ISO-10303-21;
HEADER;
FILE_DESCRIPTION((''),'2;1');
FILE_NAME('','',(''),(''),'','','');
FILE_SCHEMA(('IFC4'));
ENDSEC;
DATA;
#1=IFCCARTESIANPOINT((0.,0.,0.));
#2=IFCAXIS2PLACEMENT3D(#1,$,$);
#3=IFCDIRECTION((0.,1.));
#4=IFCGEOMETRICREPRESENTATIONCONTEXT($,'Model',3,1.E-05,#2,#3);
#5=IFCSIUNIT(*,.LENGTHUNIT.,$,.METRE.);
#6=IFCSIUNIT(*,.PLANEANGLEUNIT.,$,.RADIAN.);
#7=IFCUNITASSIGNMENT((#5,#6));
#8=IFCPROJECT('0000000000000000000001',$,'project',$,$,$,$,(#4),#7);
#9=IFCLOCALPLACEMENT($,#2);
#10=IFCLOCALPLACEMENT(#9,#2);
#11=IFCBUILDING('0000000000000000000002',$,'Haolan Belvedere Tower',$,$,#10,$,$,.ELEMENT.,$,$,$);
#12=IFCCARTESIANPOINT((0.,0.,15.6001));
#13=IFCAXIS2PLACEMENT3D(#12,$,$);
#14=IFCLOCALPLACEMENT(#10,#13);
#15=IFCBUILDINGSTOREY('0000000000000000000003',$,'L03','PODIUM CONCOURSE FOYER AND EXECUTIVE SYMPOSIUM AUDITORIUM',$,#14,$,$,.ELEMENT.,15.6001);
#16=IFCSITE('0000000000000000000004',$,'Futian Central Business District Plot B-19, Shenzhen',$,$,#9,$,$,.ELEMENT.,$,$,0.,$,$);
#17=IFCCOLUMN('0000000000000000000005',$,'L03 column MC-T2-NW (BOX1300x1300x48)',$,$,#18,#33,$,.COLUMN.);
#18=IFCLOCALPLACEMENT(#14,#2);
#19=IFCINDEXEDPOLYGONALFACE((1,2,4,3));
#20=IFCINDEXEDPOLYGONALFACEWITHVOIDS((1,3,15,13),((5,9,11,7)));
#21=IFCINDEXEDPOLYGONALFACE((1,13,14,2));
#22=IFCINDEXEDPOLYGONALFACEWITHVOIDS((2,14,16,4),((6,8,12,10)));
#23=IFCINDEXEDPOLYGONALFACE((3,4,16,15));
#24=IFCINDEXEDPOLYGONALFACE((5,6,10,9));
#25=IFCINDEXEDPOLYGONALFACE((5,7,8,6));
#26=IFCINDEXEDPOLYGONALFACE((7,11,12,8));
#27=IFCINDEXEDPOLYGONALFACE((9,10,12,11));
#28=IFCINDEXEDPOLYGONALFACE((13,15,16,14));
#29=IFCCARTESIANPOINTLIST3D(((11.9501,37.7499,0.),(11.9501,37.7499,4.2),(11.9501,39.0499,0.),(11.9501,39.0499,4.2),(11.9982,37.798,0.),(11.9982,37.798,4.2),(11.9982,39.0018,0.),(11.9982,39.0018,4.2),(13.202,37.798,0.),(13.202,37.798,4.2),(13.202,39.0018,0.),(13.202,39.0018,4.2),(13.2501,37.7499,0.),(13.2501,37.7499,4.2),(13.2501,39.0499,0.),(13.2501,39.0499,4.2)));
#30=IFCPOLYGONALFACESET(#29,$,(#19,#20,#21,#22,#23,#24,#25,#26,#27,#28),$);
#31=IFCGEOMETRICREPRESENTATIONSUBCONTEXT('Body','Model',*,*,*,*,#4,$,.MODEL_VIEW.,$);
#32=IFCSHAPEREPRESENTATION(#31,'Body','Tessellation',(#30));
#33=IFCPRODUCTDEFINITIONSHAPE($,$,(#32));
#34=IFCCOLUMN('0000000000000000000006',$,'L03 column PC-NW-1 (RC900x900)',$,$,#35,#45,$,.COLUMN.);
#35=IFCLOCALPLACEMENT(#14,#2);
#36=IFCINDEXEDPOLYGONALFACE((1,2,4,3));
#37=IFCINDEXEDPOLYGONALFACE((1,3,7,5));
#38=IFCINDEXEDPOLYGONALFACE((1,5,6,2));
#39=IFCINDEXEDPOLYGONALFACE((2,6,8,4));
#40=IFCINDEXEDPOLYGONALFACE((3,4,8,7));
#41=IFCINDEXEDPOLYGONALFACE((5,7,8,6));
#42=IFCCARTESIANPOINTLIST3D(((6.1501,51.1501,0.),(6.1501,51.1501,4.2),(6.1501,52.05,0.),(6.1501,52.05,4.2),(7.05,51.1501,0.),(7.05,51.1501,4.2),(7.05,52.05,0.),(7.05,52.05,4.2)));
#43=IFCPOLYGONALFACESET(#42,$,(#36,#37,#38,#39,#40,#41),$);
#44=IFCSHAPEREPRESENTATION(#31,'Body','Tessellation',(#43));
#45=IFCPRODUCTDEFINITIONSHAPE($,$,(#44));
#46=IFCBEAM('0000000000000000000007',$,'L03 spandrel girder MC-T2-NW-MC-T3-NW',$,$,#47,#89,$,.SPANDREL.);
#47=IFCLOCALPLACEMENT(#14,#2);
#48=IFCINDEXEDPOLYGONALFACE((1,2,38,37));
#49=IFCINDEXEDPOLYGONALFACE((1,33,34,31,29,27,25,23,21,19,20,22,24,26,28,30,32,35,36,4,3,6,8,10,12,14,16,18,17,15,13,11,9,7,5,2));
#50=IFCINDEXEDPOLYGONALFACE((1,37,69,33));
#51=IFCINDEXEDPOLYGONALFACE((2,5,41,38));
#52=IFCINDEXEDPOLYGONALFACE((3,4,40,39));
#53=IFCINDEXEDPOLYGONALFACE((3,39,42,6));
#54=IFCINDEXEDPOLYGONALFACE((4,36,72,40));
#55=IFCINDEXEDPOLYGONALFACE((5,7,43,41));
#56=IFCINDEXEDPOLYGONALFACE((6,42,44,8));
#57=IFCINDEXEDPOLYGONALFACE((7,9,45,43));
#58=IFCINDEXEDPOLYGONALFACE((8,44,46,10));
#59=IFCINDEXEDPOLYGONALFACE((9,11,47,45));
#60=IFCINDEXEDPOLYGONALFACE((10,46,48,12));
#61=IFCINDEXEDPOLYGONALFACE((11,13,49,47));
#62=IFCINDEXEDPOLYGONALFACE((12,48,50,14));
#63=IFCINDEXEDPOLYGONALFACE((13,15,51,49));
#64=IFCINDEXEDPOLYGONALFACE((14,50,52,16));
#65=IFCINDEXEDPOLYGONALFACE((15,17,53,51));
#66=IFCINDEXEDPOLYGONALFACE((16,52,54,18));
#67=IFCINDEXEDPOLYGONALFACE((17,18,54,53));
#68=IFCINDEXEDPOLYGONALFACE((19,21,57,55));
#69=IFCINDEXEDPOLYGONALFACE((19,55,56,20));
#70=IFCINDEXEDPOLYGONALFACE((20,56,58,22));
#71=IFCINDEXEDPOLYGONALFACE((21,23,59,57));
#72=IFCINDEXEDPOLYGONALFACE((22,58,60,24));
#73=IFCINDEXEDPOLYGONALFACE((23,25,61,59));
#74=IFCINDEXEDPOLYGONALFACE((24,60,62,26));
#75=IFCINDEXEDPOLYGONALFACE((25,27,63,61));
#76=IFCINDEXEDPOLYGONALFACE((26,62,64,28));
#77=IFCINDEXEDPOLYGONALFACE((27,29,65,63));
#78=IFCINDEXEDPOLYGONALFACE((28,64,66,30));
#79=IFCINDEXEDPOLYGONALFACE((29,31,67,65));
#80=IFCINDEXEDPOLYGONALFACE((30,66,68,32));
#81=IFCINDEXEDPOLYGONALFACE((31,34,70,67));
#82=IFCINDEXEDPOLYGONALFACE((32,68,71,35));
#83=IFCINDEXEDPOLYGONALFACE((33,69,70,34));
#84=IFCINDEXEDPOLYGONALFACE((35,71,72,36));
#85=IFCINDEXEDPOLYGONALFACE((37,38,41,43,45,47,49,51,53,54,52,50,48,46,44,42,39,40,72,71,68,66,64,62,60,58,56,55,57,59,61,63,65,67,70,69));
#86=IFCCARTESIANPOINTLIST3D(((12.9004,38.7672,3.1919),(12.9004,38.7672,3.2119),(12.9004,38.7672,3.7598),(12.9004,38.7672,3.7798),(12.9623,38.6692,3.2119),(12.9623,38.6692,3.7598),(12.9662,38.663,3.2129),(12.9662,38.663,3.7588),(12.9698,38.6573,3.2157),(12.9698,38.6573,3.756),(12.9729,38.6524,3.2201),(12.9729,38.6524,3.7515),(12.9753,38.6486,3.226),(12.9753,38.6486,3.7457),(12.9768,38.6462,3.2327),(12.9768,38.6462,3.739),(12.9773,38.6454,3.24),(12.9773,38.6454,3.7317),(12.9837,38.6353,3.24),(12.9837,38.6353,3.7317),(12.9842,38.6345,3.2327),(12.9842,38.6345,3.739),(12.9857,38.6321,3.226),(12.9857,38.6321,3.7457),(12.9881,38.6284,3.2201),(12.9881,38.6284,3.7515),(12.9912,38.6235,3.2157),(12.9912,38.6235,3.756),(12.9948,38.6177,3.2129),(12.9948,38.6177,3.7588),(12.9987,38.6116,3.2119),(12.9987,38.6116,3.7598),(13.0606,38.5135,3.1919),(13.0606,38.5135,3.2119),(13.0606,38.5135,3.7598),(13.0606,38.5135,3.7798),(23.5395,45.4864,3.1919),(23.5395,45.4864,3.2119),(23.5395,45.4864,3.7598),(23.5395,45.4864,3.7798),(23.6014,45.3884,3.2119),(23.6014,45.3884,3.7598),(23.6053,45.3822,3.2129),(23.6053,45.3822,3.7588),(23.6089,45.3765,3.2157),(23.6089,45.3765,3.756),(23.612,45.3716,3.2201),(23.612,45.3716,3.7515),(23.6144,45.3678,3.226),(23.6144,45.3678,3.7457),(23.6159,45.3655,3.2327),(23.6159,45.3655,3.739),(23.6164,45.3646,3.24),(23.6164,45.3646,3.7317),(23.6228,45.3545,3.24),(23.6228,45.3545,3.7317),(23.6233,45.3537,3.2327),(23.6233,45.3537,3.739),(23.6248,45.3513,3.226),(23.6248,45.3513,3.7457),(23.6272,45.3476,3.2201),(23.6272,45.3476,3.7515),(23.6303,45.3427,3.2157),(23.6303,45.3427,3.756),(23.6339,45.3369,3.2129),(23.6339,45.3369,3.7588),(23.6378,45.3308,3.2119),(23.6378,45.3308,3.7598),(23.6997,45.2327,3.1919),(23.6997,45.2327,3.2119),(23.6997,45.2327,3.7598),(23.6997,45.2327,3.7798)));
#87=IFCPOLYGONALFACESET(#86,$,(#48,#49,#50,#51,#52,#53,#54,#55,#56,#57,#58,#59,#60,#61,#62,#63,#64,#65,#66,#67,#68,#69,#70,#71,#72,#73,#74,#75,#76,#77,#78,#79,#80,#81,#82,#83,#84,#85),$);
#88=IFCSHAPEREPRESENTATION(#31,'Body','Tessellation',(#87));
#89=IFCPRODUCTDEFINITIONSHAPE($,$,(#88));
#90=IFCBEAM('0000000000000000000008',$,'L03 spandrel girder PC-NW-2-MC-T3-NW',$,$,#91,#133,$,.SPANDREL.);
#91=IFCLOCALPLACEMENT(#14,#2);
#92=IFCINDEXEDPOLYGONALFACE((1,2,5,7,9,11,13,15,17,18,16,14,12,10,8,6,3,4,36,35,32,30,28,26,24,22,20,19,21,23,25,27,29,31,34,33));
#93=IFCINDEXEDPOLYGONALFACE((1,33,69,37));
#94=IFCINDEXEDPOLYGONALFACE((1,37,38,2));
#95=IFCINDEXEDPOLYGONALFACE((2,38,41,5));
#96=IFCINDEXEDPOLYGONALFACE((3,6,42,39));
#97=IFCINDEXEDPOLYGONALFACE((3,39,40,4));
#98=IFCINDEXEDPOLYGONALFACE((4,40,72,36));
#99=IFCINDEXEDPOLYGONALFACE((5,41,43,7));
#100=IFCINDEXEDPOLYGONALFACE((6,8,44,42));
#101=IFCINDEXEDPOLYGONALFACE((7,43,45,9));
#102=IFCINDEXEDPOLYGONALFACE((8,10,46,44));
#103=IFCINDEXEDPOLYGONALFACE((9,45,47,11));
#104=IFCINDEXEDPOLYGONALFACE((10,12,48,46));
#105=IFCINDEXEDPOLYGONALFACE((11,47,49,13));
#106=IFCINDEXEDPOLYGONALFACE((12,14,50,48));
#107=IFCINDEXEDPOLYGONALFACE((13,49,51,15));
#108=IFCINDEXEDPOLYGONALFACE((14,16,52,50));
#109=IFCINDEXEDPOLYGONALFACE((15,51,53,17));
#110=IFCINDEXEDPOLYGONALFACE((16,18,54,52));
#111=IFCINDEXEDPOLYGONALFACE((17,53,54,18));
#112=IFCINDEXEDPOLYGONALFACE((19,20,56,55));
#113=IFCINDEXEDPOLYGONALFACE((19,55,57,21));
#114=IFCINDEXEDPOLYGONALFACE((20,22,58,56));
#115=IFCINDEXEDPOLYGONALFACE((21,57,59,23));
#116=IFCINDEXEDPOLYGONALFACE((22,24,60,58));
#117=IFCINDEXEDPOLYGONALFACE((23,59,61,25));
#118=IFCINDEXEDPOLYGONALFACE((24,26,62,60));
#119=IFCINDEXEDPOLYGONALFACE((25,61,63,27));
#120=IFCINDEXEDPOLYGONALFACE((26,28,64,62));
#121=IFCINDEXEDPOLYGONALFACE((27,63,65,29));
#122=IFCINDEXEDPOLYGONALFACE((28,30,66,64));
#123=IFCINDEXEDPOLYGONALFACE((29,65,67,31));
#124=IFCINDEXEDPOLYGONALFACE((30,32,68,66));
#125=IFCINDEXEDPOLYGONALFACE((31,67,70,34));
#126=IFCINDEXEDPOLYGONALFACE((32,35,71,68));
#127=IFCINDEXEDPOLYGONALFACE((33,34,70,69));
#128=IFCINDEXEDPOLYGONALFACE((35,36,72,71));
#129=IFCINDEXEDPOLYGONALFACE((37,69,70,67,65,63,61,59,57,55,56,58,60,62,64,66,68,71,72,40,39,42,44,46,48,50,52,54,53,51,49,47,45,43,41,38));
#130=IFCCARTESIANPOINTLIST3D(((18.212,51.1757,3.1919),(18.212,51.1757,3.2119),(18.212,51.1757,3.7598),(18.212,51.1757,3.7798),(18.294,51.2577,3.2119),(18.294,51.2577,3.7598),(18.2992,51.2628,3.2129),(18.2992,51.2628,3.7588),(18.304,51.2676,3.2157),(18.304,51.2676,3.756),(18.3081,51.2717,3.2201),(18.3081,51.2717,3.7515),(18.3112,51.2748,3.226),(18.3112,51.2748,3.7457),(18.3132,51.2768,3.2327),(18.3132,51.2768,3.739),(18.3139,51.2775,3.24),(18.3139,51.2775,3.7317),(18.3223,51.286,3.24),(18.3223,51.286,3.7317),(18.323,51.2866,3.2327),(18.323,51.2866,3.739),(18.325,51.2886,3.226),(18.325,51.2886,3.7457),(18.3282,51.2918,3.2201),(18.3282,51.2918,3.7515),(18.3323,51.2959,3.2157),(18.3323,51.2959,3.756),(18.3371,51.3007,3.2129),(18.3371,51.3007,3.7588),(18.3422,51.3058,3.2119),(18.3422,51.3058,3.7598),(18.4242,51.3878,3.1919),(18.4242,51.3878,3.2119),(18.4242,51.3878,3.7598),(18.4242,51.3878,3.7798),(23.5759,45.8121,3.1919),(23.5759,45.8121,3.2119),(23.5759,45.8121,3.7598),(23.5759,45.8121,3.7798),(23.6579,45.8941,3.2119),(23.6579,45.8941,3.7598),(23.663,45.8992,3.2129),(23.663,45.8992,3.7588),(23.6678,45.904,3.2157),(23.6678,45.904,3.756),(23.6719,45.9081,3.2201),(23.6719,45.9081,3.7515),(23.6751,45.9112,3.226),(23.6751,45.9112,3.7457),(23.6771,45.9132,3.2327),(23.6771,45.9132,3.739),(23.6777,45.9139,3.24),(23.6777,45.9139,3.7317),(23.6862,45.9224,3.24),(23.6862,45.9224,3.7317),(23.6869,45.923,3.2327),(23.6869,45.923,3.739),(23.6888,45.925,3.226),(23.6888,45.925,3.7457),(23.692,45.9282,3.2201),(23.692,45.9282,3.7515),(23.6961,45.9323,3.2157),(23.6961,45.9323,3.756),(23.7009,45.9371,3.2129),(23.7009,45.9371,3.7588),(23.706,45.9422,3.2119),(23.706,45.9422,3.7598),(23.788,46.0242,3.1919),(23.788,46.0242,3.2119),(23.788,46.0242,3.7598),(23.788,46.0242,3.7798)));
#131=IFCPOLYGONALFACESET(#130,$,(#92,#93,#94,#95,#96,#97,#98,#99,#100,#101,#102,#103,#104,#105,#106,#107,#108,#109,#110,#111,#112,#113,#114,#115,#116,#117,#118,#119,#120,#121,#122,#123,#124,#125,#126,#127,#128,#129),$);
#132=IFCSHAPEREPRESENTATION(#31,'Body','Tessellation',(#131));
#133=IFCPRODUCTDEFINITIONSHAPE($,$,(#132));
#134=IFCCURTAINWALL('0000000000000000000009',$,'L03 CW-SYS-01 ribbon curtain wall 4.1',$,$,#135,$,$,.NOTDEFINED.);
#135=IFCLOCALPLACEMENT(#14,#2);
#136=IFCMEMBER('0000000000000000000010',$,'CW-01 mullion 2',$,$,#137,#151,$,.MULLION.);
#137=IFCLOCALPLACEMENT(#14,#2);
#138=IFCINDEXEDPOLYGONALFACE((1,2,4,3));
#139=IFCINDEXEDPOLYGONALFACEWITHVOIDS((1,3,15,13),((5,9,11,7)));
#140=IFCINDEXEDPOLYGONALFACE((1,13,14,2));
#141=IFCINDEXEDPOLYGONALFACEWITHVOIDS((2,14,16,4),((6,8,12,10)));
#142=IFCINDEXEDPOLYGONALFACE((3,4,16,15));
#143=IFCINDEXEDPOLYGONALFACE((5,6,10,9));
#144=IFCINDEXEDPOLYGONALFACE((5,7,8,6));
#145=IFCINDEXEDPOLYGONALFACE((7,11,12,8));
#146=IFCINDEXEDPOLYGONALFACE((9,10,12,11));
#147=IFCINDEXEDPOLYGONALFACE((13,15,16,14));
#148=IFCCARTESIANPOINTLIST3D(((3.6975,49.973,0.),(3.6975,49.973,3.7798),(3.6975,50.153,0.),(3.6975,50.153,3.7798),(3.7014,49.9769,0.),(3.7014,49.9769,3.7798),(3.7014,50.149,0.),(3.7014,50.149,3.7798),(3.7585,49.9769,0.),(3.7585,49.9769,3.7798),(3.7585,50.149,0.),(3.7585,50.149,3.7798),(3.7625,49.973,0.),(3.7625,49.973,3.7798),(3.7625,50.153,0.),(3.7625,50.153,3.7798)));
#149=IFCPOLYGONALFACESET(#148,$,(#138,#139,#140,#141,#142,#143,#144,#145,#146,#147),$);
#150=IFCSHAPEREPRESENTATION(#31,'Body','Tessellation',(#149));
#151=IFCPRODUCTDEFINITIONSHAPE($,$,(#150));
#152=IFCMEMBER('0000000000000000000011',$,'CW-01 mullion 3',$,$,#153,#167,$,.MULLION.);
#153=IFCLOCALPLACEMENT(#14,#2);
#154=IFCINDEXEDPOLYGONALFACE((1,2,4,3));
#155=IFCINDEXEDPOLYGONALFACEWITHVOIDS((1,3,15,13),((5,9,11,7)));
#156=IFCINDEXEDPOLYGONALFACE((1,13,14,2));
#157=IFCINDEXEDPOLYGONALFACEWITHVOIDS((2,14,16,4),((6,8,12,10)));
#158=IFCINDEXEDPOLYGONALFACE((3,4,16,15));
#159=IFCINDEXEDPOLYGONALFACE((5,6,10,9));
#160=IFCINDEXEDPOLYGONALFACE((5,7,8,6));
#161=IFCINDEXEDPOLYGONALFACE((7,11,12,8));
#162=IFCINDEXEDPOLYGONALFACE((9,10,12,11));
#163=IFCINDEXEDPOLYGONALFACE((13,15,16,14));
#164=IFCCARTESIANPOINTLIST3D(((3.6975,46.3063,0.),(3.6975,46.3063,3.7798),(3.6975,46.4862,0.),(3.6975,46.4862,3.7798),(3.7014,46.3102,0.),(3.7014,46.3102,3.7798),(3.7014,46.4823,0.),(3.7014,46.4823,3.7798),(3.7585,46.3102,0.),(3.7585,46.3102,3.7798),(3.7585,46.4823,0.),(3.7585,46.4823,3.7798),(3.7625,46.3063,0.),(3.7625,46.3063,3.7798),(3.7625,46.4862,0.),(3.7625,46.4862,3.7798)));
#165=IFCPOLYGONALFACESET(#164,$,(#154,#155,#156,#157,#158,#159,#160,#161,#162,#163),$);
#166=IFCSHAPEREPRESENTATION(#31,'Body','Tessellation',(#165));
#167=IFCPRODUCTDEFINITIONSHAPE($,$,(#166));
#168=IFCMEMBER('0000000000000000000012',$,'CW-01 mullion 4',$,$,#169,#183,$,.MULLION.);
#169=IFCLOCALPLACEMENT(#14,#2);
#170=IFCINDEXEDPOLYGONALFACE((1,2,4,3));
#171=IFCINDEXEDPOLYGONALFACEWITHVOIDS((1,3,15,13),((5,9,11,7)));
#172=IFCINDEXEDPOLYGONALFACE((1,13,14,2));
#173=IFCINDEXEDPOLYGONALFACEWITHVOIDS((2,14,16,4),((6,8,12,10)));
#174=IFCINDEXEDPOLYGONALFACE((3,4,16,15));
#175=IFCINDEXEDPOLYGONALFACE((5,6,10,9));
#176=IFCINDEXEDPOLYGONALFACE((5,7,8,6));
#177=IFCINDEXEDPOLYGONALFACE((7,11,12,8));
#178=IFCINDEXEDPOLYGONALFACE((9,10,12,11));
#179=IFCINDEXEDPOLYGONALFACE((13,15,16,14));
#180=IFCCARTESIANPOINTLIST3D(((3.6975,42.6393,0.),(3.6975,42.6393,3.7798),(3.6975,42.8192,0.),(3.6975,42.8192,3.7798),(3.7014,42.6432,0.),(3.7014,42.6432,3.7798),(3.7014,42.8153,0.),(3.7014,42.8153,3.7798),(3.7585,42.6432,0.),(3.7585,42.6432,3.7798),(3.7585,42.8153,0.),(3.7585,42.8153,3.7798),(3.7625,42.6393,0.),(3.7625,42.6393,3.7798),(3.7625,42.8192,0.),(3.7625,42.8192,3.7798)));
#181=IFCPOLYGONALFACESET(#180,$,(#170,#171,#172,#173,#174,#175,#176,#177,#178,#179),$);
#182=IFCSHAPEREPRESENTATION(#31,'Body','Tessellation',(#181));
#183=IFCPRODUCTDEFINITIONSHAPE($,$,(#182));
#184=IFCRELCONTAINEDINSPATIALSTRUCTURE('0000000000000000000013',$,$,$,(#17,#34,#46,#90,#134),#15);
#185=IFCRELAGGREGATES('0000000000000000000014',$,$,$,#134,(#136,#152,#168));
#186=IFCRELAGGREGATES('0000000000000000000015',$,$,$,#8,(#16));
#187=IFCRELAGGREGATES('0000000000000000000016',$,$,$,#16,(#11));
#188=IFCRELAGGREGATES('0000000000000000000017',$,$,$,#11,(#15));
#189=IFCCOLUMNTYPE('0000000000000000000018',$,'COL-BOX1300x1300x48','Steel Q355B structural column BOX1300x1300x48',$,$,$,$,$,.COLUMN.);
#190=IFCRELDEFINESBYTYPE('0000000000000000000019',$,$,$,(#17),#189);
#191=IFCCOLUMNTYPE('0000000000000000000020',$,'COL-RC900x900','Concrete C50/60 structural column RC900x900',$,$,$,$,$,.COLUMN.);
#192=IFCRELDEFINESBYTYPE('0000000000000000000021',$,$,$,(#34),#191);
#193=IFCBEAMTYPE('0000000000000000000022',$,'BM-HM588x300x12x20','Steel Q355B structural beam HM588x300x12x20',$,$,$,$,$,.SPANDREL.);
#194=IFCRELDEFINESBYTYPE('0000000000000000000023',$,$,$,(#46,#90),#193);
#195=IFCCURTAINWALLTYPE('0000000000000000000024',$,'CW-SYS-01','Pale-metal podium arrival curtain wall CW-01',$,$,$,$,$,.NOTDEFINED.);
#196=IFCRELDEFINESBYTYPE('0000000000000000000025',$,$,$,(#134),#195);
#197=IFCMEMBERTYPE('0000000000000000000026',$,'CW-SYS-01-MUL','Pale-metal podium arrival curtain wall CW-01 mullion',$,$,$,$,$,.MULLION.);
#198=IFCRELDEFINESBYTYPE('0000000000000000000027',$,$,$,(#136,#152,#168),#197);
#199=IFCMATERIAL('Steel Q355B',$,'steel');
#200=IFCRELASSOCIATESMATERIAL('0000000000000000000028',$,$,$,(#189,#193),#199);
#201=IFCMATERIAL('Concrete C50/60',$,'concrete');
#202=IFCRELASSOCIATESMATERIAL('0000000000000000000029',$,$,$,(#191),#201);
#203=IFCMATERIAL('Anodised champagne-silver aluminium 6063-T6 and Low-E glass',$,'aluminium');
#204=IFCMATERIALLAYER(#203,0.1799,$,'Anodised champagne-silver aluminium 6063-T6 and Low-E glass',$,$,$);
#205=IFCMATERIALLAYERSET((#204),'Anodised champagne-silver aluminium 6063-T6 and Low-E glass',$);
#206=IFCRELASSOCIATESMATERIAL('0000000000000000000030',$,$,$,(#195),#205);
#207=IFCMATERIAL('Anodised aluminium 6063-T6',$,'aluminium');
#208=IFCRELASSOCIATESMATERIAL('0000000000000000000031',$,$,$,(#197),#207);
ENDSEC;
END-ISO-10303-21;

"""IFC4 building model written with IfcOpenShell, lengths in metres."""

from ifc_helpers import new_model, si_unit, direction, frame, origin, origin_2d, place, context, subcontext, project, spatial, rectangle, hollow_rectangle, i_section, extrude, material, layer, layer_set, material_profile, profile_set, type_object, element, aggregate, save


model = new_model("IFC4")

# Units and contexts
model_context = context("Model", 3, precision=1e-05, world=origin(), true_north=direction((0.0, 1.0)))
body_context = subcontext(model_context, "Body", "Model", "MODEL_VIEW")
ifc_project = project(units=[si_unit("LENGTHUNIT", "METRE"), si_unit("PLANEANGLEUNIT", "RADIAN")], contexts=[model_context])

# Site, building, storey
site_placement = place(None, origin())
site = spatial("IfcSite", under=ifc_project, at=site_placement, Name="Futian Central Business District Plot B-19, Shenzhen", CompositionType="ELEMENT", RefElevation=0.0)
building_placement = place(site_placement, origin())
building = spatial("IfcBuilding", under=site, at=building_placement, Name="Haolan Belvedere Tower", CompositionType="ELEMENT")
storey_placement = place(building_placement, frame((0.0, 0.0, 15.6001)))
storey = spatial("IfcBuildingStorey", under=building, at=storey_placement, Name="L03", Description="PODIUM CONCOURSE FOYER AND EXECUTIVE SYMPOSIUM AUDITORIUM", CompositionType="ELEMENT", Elevation=15.6001)

# Columns
ifc_material_1 = material(Name="Steel Q355B", Category="steel")
ifc_material_profile_1 = material_profile(ifc_material_1, hollow_rectangle(XDim=1.3, YDim=1.3, WallThickness=0.0481, at=origin_2d()), Name="Steel Q355B")
ifc_profile_set_1 = profile_set([ifc_material_profile_1], Name="Steel Q355B")
column_type_1 = type_object("IfcColumnType", Name="COL-BOX1300x1300x48", Description="Steel Q355B structural column BOX1300x1300x48", PredefinedType="COLUMN", material=ifc_profile_set_1)
column_1_placement = place(storey_placement, frame((12.6001, 38.3999, 0.0), z_axis=(0.0, 0.0, 1.0), x_axis=(1.0, 0.0, 0.0)))
element("IfcColumn", 1, at=column_1_placement, inside=storey, type_object=column_type_1, Name="L03 column MC-T2-NW (BOX1300x1300x48)", PredefinedType="COLUMN", context=body_context, shape_type="SweptSolid", body=[
    extrude(hollow_rectangle(XDim=1.3, YDim=1.3, WallThickness=0.0481, at=origin_2d()), origin(), (0.0, 0.0, 1.0), 4.2),
])
ifc_material_2 = material(Name="Concrete C50/60", Category="concrete")
ifc_material_profile_2 = material_profile(ifc_material_2, rectangle(XDim=0.8999, YDim=0.8999, at=origin_2d()), Name="Concrete C50/60")
ifc_profile_set_2 = profile_set([ifc_material_profile_2], Name="Concrete C50/60")
column_type_2 = type_object("IfcColumnType", Name="COL-RC900x900", Description="Concrete C50/60 structural column RC900x900", PredefinedType="COLUMN", material=ifc_profile_set_2)
column_2_placement = place(storey_placement, frame((6.6001, 51.6001, 0.0), z_axis=(0.0, 0.0, 1.0), x_axis=(1.0, 0.0, 0.0)))
element("IfcColumn", 2, at=column_2_placement, inside=storey, type_object=column_type_2, Name="L03 column PC-NW-1 (RC900x900)", PredefinedType="COLUMN", context=body_context, shape_type="SweptSolid", body=[
    extrude(rectangle(XDim=0.8999, YDim=0.8999, at=origin_2d()), origin(), (0.0, 0.0, 1.0), 4.2),
])

# Beams
ifc_material_profile_3 = material_profile(ifc_material_1, i_section(OverallWidth=0.3, OverallDepth=0.5879, WebThickness=0.012, FlangeThickness=0.02, FilletRadius=0.0281, at=origin_2d()), Name="Steel Q355B")
ifc_profile_set_3 = profile_set([ifc_material_profile_3], Name="Steel Q355B")
beam_type = type_object("IfcBeamType", Name="BM-HM588x300x12x20", Description="Steel Q355B structural beam HM588x300x12x20", PredefinedType="SPANDREL", material=ifc_profile_set_3)
beam_1_placement = place(storey_placement, frame((12.9805, 38.6404, 3.4858), z_axis=(0.845497, 0.53398, 0.0), x_axis=(-0.53398, 0.845497, 0.0)))
element("IfcBeam", 3, at=beam_1_placement, inside=storey, type_object=beam_type, Name="L03 spandrel girder MC-T2-NW-MC-T3-NW", PredefinedType="SPANDREL", context=body_context, shape_type="SweptSolid", body=[
    extrude(i_section(OverallWidth=0.3, OverallDepth=0.5879, WebThickness=0.012, FlangeThickness=0.02, FilletRadius=0.0281, at=origin_2d()), origin(), (0.0, 0.0, 1.0), 12.5833),
])
beam_2_placement = place(storey_placement, frame((18.3181, 51.2817, 3.4858), z_axis=(0.707123, -0.707091, 0.0), x_axis=(0.707091, 0.707123, 0.0)))
element("IfcBeam", 4, at=beam_2_placement, inside=storey, type_object=beam_type, Name="L03 spandrel girder PC-NW-2-MC-T3-NW", PredefinedType="SPANDREL", context=body_context, shape_type="SweptSolid", body=[
    extrude(i_section(OverallWidth=0.3, OverallDepth=0.5879, WebThickness=0.012, FlangeThickness=0.02, FilletRadius=0.0281, at=origin_2d()), origin(), (0.0, 0.0, 1.0), 7.5854),
])

# Curtain wall, members
ifc_material_3 = material(Name="Anodised champagne-silver aluminium 6063-T6 and Low-E glass", Category="aluminium")
ifc_layer_1 = layer(ifc_material_3, 0.1799, Name="Anodised champagne-silver aluminium 6063-T6 and Low-E glass")
ifc_layer_set_1 = layer_set([ifc_layer_1], Name="Anodised champagne-silver aluminium 6063-T6 and Low-E glass")
curtain_wall_type = type_object("IfcCurtainWallType", Name="CW-SYS-01", Description="Pale-metal podium arrival curtain wall CW-01", PredefinedType="NOTDEFINED", material=ifc_layer_set_1)
curtain_wall_placement = place(storey_placement, origin())
curtain_wall = element("IfcCurtainWall", 5, at=curtain_wall_placement, inside=storey, type_object=curtain_wall_type, Name="L03 CW-SYS-01 ribbon curtain wall 4.1", PredefinedType="NOTDEFINED")
ifc_material_4 = material(Name="Anodised aluminium 6063-T6", Category="aluminium")
ifc_material_profile_4 = material_profile(ifc_material_4, hollow_rectangle(XDim=0.0649, YDim=0.1799, WallThickness=0.0039, at=origin_2d()), Name="Anodised aluminium 6063-T6")
ifc_profile_set_4 = profile_set([ifc_material_profile_4], Name="Anodised aluminium 6063-T6")
member_type_1 = type_object("IfcMemberType", Name="CW-SYS-01-MUL", Description="Pale-metal podium arrival curtain wall CW-01 mullion", PredefinedType="MULLION", material=ifc_profile_set_4)
member_1_placement = place(storey_placement, frame((3.73, 50.063, 0.0), z_axis=(0.0, 0.0, 1.0), x_axis=(1.0, 0.0, 0.0)))
member_1 = element("IfcMember", 6, at=member_1_placement, type_object=member_type_1, Name="CW-01 mullion 2", PredefinedType="MULLION", context=body_context, shape_type="SweptSolid", body=[
    extrude(hollow_rectangle(XDim=0.0649, YDim=0.1799, WallThickness=0.0039, at=origin_2d()), origin(), (0.0, 0.0, 1.0), 3.7798),
])
member_2_placement = place(storey_placement, frame((3.73, 46.3962, 0.0), z_axis=(0.0, 0.0, 1.0), x_axis=(1.0, 0.0, 0.0)))
member_2 = element("IfcMember", 7, at=member_2_placement, type_object=member_type_1, Name="CW-01 mullion 3", PredefinedType="MULLION", context=body_context, shape_type="SweptSolid", body=[
    extrude(hollow_rectangle(XDim=0.0649, YDim=0.1799, WallThickness=0.0039, at=origin_2d()), origin(), (0.0, 0.0, 1.0), 3.7798),
])
member_3_placement = place(storey_placement, frame((3.73, 42.7292, 0.0), z_axis=(0.0, 0.0, 1.0), x_axis=(1.0, 0.0, 0.0)))
member_3 = element("IfcMember", 8, at=member_3_placement, type_object=member_type_1, Name="CW-01 mullion 4", PredefinedType="MULLION", context=body_context, shape_type="SweptSolid", body=[
    extrude(hollow_rectangle(XDim=0.0649, YDim=0.1799, WallThickness=0.0039, at=origin_2d()), origin(), (0.0, 0.0, 1.0), 3.7798),
])
aggregate(curtain_wall, [member_1, member_2, member_3])

save(model, "model.ifc")
